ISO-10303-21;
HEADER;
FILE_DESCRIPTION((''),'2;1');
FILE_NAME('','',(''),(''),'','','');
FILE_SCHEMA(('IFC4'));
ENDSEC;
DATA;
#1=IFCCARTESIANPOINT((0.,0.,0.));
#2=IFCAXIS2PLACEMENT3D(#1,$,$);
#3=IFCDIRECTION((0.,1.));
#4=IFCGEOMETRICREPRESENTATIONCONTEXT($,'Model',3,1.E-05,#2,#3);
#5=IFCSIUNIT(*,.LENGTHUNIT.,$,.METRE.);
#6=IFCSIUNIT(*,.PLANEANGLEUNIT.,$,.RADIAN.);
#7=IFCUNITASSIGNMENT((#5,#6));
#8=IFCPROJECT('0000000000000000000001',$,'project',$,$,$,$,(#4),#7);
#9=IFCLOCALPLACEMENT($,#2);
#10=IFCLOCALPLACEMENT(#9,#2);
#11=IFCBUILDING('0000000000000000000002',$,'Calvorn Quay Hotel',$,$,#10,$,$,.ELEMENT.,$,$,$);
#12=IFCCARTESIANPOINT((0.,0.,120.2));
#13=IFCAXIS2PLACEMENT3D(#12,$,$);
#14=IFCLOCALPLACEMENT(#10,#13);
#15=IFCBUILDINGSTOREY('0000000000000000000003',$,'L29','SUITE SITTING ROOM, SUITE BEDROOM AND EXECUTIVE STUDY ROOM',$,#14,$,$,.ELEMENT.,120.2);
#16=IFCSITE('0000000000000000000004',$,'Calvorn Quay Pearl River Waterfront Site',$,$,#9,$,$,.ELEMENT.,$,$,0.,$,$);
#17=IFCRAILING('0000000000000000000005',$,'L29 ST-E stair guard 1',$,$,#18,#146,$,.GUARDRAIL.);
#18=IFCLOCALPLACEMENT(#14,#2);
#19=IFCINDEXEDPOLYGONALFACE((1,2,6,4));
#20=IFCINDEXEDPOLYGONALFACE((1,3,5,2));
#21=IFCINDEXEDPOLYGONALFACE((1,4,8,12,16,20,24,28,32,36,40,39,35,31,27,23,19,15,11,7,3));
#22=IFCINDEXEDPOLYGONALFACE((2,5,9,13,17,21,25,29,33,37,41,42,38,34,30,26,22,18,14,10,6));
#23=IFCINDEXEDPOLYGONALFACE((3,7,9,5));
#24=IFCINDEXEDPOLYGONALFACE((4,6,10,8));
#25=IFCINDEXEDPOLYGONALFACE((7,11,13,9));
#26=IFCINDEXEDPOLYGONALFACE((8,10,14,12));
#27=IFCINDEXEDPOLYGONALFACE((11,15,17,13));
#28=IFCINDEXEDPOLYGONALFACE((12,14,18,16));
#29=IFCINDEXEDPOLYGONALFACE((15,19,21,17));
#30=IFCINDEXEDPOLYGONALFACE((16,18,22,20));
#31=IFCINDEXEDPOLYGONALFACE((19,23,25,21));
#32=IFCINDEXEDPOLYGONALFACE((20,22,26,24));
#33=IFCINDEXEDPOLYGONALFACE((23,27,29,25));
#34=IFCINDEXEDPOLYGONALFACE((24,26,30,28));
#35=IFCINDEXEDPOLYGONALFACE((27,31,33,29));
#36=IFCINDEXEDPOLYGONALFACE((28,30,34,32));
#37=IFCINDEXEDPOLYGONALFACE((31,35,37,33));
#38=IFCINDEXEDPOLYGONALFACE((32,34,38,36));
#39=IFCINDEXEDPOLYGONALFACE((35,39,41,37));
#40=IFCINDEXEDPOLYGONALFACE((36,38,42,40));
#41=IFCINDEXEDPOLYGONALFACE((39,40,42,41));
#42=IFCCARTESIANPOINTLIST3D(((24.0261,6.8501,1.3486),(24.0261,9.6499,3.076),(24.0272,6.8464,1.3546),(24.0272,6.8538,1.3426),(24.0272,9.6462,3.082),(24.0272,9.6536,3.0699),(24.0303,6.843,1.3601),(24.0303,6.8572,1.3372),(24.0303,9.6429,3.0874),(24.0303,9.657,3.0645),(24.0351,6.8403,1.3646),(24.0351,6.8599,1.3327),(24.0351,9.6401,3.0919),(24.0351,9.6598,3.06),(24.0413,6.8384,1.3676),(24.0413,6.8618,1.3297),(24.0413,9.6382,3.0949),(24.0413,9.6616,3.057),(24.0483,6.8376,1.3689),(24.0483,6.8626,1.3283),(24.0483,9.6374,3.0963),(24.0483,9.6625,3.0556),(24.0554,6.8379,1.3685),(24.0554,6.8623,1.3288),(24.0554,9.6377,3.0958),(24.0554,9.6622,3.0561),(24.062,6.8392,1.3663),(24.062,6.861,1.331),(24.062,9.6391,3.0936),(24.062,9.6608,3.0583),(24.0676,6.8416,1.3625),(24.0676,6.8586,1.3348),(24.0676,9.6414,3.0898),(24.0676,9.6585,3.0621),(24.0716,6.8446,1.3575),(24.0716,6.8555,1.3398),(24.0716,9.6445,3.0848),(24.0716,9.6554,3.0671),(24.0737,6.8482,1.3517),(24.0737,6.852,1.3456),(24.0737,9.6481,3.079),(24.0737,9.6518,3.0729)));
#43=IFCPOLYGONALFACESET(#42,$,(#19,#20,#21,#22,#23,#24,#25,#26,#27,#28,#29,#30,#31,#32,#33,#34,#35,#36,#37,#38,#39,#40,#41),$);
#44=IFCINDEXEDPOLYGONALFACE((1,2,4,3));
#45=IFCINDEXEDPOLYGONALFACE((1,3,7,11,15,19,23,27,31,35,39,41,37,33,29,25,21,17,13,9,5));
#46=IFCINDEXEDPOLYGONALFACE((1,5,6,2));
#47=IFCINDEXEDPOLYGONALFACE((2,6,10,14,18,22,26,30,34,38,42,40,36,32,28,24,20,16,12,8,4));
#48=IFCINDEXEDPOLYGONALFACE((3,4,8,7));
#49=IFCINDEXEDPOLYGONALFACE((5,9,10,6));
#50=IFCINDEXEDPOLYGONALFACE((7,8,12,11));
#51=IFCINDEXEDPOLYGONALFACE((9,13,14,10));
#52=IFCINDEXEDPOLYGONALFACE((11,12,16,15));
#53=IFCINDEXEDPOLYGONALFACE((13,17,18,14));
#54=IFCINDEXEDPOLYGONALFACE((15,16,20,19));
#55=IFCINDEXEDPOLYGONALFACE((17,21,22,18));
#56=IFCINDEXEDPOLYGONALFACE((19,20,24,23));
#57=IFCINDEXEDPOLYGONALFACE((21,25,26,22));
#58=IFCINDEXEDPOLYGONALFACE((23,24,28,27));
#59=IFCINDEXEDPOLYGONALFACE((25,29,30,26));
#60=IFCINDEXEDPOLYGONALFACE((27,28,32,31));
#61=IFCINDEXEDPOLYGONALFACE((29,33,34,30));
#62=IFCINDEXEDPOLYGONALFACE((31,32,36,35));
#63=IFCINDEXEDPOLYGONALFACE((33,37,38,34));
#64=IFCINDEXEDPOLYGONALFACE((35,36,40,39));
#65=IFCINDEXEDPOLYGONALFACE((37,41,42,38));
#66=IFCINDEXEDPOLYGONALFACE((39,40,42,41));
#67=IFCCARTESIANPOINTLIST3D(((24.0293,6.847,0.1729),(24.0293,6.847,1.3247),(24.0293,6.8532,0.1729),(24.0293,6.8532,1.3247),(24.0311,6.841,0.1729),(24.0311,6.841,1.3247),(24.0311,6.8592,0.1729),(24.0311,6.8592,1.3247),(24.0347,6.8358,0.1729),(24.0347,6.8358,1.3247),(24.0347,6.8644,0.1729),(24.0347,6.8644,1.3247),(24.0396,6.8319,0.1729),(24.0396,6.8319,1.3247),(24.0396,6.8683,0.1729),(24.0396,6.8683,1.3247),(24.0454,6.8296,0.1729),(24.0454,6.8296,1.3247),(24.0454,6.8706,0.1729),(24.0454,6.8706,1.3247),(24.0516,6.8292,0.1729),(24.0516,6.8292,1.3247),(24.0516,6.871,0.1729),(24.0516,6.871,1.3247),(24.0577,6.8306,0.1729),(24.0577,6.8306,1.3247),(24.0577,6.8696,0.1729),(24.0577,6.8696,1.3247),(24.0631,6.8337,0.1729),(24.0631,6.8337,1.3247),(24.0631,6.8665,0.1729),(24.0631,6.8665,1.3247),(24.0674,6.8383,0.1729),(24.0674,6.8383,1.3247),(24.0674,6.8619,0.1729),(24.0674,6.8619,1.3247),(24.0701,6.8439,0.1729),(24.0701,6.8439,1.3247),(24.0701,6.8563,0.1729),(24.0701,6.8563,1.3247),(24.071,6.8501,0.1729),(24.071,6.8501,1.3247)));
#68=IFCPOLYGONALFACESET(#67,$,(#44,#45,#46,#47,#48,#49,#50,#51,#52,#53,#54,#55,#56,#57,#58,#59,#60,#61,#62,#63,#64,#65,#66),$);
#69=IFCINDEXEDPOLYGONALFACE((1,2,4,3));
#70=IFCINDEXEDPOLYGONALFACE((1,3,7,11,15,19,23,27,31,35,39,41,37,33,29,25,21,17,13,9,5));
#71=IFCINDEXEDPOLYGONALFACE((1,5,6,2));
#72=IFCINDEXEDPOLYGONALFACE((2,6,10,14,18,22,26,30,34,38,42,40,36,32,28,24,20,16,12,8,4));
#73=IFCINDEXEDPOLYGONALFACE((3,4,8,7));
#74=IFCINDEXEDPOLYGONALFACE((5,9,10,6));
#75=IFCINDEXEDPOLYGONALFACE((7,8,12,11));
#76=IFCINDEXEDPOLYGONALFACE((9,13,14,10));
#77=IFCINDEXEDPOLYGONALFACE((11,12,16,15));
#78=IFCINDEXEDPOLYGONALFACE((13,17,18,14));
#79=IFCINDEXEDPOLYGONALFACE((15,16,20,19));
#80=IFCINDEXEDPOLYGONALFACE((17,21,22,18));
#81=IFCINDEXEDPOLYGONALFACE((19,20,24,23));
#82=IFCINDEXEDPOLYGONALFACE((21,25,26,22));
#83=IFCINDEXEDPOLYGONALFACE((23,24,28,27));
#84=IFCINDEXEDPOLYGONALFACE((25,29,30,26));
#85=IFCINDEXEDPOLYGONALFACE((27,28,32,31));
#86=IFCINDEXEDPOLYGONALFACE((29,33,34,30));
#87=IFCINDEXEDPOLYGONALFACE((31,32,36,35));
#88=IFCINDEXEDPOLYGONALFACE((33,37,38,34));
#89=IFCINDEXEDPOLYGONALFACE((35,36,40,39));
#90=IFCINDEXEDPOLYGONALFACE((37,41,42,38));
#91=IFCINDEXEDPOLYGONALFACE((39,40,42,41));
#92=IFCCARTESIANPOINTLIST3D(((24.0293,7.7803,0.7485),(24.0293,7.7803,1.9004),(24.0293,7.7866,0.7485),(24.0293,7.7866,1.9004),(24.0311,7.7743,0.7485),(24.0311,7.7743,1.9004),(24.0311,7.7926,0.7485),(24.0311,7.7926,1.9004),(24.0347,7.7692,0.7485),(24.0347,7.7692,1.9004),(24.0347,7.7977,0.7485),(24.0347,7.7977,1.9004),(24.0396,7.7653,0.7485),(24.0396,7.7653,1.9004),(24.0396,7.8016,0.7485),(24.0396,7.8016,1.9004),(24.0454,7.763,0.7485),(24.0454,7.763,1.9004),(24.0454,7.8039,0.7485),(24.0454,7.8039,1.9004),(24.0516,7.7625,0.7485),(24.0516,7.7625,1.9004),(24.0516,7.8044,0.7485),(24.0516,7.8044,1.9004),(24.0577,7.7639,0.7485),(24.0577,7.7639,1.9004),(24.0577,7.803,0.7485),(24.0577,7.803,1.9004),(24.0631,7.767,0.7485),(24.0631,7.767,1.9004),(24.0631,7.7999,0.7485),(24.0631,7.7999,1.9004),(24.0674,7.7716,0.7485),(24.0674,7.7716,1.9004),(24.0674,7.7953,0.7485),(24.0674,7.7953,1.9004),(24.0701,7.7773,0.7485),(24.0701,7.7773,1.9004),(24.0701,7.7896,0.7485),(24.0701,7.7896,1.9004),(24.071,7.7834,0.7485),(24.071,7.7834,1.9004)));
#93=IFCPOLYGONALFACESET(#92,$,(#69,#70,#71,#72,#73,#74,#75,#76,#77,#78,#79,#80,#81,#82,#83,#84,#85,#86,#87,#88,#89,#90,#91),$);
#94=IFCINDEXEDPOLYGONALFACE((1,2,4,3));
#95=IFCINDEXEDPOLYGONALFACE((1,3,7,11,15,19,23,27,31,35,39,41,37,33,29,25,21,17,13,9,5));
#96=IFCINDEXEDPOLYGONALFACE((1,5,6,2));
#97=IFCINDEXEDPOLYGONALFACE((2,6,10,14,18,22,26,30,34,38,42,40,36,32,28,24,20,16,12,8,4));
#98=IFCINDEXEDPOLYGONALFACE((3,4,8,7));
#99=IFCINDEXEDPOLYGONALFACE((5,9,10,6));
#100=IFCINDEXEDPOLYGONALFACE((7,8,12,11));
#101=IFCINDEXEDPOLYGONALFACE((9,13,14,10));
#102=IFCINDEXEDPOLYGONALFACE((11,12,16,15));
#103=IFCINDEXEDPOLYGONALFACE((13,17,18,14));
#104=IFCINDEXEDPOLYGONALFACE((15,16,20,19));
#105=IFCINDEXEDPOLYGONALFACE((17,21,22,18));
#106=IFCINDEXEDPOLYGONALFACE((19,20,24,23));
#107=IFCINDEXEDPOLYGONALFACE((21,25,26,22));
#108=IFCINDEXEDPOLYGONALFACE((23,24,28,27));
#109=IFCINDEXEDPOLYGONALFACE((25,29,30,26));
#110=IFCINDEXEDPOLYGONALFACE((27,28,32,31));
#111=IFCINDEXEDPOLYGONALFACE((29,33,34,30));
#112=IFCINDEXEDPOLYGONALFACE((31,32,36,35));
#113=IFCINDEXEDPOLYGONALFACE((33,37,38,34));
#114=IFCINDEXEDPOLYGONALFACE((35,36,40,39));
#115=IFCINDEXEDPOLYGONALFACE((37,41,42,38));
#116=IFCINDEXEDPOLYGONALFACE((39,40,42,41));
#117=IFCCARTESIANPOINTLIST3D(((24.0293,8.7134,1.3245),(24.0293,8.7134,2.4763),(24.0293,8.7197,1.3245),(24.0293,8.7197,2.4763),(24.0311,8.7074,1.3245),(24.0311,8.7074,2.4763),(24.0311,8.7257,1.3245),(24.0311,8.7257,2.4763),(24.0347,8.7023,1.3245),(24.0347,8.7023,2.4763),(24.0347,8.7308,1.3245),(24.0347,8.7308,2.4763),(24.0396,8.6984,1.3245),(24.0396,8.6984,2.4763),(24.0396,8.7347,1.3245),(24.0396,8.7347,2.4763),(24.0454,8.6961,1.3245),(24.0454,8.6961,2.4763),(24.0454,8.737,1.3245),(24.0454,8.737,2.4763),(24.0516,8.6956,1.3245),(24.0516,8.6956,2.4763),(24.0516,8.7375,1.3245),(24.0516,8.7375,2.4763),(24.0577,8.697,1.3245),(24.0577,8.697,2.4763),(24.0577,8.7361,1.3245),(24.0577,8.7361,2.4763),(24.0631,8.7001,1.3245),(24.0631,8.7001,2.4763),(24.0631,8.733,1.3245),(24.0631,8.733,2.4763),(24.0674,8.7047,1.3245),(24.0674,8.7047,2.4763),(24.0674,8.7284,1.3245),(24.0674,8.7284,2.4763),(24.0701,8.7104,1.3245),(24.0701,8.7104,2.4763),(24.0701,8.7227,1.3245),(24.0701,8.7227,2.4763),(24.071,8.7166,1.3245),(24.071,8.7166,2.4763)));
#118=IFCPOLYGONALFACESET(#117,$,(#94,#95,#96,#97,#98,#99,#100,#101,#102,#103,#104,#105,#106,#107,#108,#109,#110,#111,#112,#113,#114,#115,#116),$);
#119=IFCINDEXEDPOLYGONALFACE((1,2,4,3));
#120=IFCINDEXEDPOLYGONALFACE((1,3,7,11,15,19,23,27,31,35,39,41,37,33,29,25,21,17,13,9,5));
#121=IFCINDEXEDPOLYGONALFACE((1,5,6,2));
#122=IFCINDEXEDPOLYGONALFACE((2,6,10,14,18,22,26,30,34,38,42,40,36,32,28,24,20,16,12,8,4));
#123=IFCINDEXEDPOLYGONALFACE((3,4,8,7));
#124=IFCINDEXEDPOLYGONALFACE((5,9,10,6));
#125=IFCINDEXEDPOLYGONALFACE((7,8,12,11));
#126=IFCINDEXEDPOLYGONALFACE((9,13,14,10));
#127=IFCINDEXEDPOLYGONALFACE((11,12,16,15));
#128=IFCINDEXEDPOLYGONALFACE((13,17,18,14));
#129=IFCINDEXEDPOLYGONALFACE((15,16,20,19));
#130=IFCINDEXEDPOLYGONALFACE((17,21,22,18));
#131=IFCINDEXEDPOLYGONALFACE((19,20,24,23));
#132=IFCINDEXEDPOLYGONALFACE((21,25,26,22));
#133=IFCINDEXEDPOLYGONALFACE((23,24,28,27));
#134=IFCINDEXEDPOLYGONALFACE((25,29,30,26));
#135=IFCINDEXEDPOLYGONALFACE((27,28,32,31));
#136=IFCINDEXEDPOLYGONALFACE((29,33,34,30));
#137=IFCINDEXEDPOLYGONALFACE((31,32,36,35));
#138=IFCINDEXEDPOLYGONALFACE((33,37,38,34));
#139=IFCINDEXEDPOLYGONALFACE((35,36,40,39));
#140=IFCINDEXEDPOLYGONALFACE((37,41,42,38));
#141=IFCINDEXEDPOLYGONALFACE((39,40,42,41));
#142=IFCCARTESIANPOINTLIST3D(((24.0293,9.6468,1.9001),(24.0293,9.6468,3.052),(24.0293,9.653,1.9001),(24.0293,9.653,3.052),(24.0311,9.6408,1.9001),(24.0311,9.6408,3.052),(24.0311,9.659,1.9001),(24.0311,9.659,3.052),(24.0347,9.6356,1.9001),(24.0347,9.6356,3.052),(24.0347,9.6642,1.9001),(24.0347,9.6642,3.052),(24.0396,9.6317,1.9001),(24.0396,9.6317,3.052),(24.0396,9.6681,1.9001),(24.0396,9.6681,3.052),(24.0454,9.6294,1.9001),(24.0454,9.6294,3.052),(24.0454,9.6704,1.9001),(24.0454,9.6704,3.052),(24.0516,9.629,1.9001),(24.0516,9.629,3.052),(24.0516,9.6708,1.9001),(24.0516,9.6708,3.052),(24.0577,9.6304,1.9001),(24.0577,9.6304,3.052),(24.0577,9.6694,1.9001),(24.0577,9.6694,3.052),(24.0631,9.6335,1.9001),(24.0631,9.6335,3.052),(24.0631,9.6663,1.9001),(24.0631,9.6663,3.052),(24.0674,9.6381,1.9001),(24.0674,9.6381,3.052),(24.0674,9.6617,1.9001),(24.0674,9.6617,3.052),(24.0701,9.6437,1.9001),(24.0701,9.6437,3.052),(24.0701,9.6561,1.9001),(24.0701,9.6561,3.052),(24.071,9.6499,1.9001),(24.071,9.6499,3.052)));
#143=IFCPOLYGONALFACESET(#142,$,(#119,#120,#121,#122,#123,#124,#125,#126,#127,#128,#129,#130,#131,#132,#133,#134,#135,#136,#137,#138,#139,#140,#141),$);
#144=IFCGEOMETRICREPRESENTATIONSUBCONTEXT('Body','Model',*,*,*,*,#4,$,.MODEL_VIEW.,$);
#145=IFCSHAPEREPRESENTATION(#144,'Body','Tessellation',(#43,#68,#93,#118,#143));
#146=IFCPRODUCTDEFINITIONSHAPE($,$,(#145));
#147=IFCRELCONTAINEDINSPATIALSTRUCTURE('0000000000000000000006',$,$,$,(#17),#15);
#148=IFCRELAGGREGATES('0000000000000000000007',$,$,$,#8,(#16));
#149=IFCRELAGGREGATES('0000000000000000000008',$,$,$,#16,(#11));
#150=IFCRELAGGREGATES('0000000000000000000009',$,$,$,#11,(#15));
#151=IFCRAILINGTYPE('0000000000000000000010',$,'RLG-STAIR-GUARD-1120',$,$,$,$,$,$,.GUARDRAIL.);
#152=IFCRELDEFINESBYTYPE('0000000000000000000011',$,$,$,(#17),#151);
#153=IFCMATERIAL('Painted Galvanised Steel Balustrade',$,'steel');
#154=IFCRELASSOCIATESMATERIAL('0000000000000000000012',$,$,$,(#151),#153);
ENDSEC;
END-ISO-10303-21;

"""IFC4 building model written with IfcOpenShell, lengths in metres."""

from ifc_helpers import new_model, si_unit, direction, frame, origin, origin_2d, place, context, subcontext, project, spatial, circle, extrude, material, type_object, element, save


model = new_model("IFC4")

# Units and contexts
model_context = context("Model", 3, precision=1e-05, world=origin(), true_north=direction((0.0, 1.0)))
body_context = subcontext(model_context, "Body", "Model", "MODEL_VIEW")
ifc_project = project(units=[si_unit("LENGTHUNIT", "METRE"), si_unit("PLANEANGLEUNIT", "RADIAN")], contexts=[model_context])

# Site, building, storey
site_placement = place(None, origin())
site = spatial("IfcSite", under=ifc_project, at=site_placement, Name="Calvorn Quay Pearl River Waterfront Site", CompositionType="ELEMENT", RefElevation=0.0)
building_placement = place(site_placement, origin())
building = spatial("IfcBuilding", under=site, at=building_placement, Name="Calvorn Quay Hotel", CompositionType="ELEMENT")
storey_placement = place(building_placement, frame((0.0, 0.0, 120.2)))
storey = spatial("IfcBuildingStorey", under=building, at=storey_placement, Name="L29", Description="SUITE SITTING ROOM, SUITE BEDROOM AND EXECUTIVE STUDY ROOM", CompositionType="ELEMENT", Elevation=120.2)

# Railing
ifc_material_1 = material(Name="Painted Galvanised Steel Balustrade", Category="steel")
railing_type_1 = type_object("IfcRailingType", Name="RLG-STAIR-GUARD-1120", PredefinedType="GUARDRAIL", material=ifc_material_1)
railing_1_placement = place(storey_placement, frame((24.05, 6.8501, 0.1729)))
element("IfcRailing", 1, at=railing_1_placement, inside=storey, type_object=railing_type_1, Name="L29 ST-E stair guard 1", PredefinedType="GUARDRAIL", context=body_context, shape_type="SweptSolid", body=[
    extrude(circle(Radius=0.0239, at=origin_2d()), frame((0.0, 0.0, 1.1758), z_axis=(0.0, 0.851069, 0.525054), x_axis=(-1.0, 0.0, 0.0)), (0.0, 0.0, 1.0), 3.2898),
    extrude(circle(Radius=0.021, at=origin_2d()), origin(), (0.0, 0.0, 1.0), 1.1519),
    extrude(circle(Radius=0.021, at=origin_2d()), frame((0.0, 0.9333, 0.5757)), (0.0, 0.0, 1.0), 1.1519),
    extrude(circle(Radius=0.021, at=origin_2d()), frame((0.0, 1.8665, 1.1516)), (0.0, 0.0, 1.0), 1.1519),
    extrude(circle(Radius=0.021, at=origin_2d()), frame((0.0, 2.7998, 1.7273)), (0.0, 0.0, 1.0), 1.1519),
])

save(model, "model.ifc")
